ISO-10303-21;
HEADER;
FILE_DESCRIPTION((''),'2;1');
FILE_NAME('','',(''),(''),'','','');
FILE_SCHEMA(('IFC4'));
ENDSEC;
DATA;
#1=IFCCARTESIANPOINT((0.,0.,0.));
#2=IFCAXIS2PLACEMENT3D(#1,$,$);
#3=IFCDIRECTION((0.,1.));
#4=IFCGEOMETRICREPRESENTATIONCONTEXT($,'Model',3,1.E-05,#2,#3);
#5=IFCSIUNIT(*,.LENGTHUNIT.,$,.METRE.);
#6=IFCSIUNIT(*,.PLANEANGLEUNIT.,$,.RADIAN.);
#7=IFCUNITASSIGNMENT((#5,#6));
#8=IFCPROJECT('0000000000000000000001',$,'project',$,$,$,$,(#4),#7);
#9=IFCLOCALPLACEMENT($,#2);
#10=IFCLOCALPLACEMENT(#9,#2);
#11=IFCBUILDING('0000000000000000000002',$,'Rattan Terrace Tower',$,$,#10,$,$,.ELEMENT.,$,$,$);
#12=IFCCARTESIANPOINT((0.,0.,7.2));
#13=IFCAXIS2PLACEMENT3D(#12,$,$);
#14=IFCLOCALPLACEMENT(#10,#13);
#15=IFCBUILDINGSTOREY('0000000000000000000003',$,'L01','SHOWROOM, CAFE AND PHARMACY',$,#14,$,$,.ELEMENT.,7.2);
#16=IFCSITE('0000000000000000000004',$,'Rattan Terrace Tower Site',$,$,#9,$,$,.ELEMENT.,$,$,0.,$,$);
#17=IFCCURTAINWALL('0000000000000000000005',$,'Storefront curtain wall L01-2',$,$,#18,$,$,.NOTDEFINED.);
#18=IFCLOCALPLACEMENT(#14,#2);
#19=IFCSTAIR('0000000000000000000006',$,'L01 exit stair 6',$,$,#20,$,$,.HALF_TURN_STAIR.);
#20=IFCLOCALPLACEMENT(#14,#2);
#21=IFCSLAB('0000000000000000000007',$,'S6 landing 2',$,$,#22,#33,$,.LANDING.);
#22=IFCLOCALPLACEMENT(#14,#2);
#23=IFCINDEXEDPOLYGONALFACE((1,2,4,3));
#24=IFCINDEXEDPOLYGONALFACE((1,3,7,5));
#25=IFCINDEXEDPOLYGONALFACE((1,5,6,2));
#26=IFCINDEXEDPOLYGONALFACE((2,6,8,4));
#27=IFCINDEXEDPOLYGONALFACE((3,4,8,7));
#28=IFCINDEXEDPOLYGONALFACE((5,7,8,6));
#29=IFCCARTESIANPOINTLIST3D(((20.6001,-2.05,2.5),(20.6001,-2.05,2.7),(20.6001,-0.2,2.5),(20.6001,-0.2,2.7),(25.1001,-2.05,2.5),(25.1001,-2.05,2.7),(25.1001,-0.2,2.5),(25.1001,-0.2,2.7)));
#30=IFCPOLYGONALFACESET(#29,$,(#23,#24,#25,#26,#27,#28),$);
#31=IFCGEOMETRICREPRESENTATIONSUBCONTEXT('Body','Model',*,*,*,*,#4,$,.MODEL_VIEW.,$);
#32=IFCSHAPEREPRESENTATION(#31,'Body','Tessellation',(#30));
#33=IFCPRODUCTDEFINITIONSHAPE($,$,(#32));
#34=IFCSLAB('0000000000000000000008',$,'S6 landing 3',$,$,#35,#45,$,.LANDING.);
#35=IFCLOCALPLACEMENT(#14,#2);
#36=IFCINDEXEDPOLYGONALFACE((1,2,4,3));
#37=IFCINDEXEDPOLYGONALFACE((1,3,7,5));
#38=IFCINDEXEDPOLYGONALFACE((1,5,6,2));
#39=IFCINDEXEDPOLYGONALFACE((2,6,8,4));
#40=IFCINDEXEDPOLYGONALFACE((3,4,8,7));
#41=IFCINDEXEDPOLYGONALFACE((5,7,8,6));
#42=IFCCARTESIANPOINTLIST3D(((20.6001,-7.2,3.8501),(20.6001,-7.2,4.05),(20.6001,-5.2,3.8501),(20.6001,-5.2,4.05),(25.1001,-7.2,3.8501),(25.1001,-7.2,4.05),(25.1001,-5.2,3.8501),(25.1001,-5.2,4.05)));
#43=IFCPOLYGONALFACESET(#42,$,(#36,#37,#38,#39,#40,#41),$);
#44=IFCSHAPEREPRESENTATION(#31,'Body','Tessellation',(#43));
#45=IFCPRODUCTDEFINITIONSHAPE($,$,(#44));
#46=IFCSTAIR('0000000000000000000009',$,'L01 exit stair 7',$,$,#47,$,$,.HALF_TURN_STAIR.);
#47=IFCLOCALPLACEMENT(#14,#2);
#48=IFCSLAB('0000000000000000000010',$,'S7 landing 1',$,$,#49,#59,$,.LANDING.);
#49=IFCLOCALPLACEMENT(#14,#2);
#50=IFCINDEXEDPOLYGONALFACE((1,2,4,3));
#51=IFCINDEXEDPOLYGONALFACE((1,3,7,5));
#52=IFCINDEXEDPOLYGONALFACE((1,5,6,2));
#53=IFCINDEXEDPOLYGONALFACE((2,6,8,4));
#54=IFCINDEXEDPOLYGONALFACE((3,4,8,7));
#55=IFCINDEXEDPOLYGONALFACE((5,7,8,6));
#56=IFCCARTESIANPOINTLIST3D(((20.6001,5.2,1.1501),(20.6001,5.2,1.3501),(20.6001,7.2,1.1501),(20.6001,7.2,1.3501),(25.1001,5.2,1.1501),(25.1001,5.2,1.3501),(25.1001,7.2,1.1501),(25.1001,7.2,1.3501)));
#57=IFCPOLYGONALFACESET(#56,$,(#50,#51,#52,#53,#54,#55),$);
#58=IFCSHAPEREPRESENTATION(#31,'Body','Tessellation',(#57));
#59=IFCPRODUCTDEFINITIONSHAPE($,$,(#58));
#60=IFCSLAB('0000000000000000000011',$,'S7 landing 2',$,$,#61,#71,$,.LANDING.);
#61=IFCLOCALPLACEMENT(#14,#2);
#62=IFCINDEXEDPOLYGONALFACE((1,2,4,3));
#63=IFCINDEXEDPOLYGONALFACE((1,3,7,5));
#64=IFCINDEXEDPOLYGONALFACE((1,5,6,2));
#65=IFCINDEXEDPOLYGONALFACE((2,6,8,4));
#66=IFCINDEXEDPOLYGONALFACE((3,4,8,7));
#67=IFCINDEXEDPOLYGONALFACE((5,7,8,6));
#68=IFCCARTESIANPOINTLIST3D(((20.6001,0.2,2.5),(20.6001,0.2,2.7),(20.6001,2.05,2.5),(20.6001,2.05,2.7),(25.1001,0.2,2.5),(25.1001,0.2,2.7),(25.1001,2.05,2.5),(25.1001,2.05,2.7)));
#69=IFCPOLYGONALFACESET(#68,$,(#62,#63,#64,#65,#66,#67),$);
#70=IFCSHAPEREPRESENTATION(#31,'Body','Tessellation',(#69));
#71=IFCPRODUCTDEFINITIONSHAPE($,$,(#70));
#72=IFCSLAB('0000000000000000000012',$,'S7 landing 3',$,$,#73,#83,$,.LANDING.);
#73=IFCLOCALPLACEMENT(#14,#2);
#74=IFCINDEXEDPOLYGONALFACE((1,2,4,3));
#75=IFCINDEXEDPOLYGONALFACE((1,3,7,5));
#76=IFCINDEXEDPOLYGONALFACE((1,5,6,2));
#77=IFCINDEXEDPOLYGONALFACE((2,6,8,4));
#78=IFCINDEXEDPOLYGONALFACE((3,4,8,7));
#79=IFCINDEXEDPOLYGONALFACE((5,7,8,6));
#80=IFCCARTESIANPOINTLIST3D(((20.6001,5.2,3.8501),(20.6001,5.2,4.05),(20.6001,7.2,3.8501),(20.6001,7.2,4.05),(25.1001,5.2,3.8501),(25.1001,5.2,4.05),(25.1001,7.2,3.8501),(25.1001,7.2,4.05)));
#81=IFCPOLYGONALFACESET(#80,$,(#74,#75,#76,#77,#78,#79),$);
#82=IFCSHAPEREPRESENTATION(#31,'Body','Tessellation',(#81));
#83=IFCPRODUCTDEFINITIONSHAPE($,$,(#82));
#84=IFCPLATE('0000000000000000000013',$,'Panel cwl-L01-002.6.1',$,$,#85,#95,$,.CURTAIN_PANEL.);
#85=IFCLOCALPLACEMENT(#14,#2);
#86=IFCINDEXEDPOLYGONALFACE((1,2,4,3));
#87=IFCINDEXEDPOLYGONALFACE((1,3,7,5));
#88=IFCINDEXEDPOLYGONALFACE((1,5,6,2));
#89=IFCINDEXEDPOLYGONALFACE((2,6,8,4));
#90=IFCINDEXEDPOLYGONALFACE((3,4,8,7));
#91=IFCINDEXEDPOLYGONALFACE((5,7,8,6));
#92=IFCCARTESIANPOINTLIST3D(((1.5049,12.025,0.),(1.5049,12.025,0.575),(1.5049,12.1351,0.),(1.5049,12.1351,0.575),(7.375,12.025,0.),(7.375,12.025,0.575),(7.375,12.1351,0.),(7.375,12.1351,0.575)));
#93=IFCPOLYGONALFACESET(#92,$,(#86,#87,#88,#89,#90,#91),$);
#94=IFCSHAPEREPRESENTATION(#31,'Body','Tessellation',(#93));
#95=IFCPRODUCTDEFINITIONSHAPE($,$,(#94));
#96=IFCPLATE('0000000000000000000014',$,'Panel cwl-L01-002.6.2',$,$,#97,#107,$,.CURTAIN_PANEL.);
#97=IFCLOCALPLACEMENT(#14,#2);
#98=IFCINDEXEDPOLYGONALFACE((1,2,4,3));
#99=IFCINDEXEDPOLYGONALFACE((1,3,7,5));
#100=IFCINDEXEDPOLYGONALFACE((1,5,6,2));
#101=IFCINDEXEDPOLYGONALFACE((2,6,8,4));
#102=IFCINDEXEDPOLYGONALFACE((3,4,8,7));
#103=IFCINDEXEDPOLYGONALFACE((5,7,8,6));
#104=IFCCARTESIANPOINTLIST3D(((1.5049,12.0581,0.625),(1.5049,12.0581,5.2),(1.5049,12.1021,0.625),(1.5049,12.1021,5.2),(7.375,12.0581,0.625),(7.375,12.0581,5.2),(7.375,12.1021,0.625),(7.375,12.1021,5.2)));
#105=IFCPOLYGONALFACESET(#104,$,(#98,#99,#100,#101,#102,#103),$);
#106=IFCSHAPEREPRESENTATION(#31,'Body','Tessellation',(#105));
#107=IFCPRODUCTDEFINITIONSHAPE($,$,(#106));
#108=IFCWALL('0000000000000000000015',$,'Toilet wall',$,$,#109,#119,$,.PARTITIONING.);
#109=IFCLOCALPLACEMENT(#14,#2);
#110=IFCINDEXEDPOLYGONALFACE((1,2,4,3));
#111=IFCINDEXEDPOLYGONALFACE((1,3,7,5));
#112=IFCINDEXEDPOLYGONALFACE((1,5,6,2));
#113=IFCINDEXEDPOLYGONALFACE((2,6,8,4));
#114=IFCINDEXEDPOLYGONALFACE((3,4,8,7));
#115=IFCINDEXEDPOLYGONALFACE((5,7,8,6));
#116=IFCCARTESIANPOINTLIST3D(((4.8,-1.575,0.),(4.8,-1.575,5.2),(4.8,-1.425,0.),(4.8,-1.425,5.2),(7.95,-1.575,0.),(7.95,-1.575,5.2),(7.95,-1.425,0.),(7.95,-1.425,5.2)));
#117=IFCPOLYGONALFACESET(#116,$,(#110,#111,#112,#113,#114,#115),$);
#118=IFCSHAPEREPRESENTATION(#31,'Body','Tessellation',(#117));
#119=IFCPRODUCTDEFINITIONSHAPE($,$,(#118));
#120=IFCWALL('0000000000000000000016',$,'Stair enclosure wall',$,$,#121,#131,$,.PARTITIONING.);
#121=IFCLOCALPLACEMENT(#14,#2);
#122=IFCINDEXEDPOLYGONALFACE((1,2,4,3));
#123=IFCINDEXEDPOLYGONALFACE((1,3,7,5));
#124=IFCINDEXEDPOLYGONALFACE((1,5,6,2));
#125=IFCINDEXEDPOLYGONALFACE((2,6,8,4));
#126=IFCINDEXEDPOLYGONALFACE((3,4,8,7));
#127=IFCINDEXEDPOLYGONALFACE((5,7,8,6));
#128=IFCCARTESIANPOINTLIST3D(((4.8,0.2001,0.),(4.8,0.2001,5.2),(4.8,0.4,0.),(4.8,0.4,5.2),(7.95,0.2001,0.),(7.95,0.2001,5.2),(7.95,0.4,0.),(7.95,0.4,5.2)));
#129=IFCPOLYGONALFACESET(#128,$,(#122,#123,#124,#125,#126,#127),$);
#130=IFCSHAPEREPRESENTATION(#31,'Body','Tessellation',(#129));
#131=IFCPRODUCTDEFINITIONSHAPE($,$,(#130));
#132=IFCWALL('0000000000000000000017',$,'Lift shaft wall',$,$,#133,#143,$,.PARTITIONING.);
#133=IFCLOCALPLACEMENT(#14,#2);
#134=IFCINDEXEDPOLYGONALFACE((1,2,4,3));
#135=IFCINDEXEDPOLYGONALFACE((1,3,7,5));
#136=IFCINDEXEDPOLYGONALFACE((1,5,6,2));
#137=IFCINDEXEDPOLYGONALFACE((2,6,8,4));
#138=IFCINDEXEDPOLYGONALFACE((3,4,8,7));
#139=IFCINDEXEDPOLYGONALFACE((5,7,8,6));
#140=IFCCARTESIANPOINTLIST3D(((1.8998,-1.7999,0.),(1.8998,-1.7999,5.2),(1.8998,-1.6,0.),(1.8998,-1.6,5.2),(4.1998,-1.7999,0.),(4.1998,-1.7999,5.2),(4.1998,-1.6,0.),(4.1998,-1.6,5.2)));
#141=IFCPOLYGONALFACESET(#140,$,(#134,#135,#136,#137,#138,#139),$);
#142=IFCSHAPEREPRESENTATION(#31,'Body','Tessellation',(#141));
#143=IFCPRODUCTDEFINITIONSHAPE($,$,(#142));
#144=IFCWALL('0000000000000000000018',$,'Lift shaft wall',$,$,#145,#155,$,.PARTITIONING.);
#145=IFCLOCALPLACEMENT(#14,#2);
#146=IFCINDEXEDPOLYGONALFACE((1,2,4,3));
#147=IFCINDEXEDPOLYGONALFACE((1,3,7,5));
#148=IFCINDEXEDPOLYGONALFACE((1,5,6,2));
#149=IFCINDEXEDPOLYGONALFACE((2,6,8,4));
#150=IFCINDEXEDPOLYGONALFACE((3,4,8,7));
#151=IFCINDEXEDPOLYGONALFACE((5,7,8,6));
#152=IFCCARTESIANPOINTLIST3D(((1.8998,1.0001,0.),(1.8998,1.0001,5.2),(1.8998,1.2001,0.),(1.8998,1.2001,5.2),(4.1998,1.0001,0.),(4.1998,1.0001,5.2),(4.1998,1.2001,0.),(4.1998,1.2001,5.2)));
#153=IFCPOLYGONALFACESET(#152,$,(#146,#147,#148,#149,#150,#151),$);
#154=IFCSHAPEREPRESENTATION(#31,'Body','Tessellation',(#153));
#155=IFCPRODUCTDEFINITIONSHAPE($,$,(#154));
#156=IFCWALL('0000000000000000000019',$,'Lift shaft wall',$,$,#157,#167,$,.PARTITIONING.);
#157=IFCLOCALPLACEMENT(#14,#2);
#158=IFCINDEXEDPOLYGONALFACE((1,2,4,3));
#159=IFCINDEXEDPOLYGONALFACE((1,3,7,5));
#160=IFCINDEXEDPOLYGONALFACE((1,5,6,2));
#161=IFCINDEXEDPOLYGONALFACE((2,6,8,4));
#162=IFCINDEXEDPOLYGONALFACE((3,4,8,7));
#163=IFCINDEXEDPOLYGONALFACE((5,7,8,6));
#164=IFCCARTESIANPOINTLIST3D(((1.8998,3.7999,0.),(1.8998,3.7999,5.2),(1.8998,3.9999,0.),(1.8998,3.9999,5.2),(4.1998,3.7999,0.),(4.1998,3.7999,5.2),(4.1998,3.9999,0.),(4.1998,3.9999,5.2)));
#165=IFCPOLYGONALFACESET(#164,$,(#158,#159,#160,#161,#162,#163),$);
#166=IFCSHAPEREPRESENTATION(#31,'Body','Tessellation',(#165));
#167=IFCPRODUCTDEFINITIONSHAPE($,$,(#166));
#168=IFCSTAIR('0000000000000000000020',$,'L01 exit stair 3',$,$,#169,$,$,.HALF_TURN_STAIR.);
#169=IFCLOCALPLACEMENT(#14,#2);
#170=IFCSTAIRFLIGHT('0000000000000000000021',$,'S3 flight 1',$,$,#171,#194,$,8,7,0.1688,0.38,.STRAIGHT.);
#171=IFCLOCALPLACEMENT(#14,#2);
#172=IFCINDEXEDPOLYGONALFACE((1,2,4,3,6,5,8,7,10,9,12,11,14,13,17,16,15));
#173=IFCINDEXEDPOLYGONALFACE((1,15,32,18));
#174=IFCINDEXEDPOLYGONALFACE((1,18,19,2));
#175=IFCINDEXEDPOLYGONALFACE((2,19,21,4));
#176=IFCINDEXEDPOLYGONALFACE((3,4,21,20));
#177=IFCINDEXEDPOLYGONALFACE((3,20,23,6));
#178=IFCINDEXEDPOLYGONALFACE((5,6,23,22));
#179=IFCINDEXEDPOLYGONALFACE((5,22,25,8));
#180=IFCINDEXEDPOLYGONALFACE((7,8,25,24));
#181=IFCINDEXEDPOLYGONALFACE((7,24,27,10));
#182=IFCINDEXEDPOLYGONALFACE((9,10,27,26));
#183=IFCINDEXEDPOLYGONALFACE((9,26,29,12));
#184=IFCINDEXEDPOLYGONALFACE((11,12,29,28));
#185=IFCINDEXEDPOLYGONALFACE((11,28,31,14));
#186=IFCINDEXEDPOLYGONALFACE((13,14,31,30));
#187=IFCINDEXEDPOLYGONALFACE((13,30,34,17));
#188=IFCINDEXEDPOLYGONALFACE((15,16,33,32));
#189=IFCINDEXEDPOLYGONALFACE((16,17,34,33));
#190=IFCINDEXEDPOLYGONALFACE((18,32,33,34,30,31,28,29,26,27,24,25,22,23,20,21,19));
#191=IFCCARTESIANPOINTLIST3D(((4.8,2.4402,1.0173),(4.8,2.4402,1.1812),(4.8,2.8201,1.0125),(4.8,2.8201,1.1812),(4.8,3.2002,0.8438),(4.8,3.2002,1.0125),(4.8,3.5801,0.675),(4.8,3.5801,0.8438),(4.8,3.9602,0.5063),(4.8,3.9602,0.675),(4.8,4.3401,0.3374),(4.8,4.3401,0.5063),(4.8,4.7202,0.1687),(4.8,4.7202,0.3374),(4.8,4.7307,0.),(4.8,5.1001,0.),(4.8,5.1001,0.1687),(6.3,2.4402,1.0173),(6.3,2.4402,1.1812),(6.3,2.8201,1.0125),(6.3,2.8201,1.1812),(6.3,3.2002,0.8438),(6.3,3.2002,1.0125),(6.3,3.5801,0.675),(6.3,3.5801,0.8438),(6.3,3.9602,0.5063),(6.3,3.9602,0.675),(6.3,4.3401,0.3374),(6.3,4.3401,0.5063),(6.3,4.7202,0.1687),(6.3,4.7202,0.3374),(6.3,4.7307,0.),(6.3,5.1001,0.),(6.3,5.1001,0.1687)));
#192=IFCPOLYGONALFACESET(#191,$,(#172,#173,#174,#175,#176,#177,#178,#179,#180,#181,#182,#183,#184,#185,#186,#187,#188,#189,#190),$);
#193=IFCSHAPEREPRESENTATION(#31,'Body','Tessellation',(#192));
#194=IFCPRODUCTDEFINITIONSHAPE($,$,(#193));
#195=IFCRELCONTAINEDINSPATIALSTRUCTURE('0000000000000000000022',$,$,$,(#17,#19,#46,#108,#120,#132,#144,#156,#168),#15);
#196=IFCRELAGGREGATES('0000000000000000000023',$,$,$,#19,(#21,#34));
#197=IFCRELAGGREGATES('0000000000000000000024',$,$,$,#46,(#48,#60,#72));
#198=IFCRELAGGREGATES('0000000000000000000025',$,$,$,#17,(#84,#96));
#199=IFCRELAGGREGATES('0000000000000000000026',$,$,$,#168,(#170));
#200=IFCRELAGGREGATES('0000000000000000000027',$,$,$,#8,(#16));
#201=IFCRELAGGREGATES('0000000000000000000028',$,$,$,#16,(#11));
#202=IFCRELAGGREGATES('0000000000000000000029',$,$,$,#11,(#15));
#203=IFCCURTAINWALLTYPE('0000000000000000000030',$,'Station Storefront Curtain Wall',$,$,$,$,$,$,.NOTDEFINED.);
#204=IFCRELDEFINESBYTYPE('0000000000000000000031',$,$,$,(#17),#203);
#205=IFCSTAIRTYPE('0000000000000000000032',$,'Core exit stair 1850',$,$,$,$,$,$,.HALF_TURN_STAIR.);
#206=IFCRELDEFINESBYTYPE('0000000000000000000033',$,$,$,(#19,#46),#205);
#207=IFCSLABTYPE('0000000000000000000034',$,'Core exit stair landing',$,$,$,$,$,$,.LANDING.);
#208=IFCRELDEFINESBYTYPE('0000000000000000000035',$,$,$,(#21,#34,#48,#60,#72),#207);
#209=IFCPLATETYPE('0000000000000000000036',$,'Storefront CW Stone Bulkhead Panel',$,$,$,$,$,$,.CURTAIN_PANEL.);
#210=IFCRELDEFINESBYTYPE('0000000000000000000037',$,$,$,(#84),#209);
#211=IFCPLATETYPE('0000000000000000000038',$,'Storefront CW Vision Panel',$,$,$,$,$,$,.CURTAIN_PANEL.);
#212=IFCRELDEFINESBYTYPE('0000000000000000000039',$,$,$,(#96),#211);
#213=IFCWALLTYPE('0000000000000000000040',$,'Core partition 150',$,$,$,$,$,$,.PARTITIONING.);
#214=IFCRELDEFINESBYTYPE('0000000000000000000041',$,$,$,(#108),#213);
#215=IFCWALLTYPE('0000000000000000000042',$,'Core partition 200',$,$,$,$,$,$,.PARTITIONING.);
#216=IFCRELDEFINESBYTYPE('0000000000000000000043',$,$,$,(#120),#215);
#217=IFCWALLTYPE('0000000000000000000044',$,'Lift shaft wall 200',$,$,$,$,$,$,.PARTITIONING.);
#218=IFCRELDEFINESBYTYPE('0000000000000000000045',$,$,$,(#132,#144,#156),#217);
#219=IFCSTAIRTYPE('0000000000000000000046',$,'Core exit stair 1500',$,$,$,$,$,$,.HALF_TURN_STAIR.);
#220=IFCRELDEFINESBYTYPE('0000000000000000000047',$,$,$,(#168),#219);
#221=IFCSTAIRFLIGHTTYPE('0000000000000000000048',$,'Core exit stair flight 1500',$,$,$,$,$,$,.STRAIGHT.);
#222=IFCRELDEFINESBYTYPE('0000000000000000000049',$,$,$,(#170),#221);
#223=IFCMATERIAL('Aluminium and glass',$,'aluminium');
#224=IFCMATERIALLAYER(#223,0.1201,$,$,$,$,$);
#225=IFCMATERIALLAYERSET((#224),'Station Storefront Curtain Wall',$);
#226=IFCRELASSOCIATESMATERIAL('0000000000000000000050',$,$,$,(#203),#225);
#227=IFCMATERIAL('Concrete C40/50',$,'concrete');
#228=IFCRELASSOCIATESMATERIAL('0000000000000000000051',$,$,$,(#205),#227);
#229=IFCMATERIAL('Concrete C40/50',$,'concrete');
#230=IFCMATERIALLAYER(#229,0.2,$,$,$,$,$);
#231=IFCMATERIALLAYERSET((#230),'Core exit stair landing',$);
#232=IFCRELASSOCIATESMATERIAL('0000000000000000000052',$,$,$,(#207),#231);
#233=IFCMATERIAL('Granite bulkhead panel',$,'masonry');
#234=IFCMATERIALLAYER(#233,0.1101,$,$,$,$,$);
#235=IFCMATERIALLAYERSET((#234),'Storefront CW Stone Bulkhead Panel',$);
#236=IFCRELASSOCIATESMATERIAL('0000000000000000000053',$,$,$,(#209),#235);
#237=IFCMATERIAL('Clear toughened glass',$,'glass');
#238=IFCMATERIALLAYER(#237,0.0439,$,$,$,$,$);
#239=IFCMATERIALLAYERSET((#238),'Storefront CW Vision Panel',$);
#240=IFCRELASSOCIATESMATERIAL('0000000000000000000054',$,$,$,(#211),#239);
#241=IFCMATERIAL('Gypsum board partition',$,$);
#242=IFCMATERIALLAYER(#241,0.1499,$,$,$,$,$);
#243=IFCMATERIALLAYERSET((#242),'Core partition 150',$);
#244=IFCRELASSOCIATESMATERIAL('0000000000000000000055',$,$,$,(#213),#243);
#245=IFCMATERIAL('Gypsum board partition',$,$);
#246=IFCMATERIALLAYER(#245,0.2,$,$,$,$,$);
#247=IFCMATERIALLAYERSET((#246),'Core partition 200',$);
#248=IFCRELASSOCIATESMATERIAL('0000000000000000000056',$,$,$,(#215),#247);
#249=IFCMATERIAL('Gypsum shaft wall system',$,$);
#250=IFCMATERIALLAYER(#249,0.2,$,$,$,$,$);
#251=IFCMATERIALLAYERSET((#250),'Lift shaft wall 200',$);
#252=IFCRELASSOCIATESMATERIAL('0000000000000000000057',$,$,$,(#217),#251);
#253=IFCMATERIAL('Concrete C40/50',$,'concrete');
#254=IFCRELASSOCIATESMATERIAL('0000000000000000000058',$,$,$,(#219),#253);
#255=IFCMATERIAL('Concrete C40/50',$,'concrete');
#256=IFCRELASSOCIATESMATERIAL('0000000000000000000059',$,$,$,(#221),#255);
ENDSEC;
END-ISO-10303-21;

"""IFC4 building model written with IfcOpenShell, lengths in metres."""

from ifc_helpers import new_model, si_unit, direction, frame, frame_2d, origin, origin_2d, place, context, subcontext, project, spatial, polyline, rectangle, outline, extrude, material, layer, layer_set, type_object, element, aggregate, save


model = new_model("IFC4")

# Units and contexts
model_context = context("Model", 3, precision=1e-05, world=origin(), true_north=direction((0.0, 1.0)))
body_context = subcontext(model_context, "Body", "Model", "MODEL_VIEW")
ifc_project = project(units=[si_unit("LENGTHUNIT", "METRE"), si_unit("PLANEANGLEUNIT", "RADIAN")], contexts=[model_context])

# Site, building, storey
site_placement = place(None, origin())
site = spatial("IfcSite", under=ifc_project, at=site_placement, Name="Rattan Terrace Tower Site", CompositionType="ELEMENT", RefElevation=0.0)
building_placement = place(site_placement, origin())
building = spatial("IfcBuilding", under=site, at=building_placement, Name="Rattan Terrace Tower", CompositionType="ELEMENT")
storey_placement = place(building_placement, frame((0.0, 0.0, 7.2)))
storey = spatial("IfcBuildingStorey", under=building, at=storey_placement, Name="L01", Description="SHOWROOM, CAFE AND PHARMACY", CompositionType="ELEMENT", Elevation=7.2)

# Curtain wall
ifc_material_1 = material(Name="Aluminium and glass", Category="aluminium")
ifc_layer_1 = layer(ifc_material_1, 0.1201)
ifc_layer_set_1 = layer_set([ifc_layer_1], Name="Station Storefront Curtain Wall")
curtain_wall_type = type_object("IfcCurtainWallType", Name="Station Storefront Curtain Wall", PredefinedType="NOTDEFINED", material=ifc_layer_set_1)
curtain_wall_placement = place(storey_placement, origin())
curtain_wall = element("IfcCurtainWall", 1, at=curtain_wall_placement, inside=storey, type_object=curtain_wall_type, Name="Storefront curtain wall L01-2", PredefinedType="NOTDEFINED")

# Stairs, slabs
ifc_material_2 = material(Name="Concrete C40/50", Category="concrete")
stair_type_1 = type_object("IfcStairType", Name="Core exit stair 1850", PredefinedType="HALF_TURN_STAIR", material=ifc_material_2)
ifc_material_3 = material(Name="Concrete C40/50", Category="concrete")
ifc_layer_2 = layer(ifc_material_3, 0.2)
ifc_layer_set_2 = layer_set([ifc_layer_2], Name="Core exit stair landing")
slab_type = type_object("IfcSlabType", Name="Core exit stair landing", PredefinedType="LANDING", material=ifc_layer_set_2)
stair_1_placement = place(storey_placement, origin())
stair_1 = element("IfcStair", 2, at=stair_1_placement, inside=storey, type_object=stair_type_1, Name="L01 exit stair 6", PredefinedType="HALF_TURN_STAIR")
slab_1_placement = place(storey_placement, frame((0.0, 0.0, 2.5)))
slab_1 = element("IfcSlab", 3, at=slab_1_placement, type_object=slab_type, Name="S6 landing 2", PredefinedType="LANDING", context=body_context, shape_type="SweptSolid", body=[
    extrude(outline(polyline([(20.6001, -0.2), (20.6001, -2.05), (25.1001, -2.05), (25.1001, -0.2), (20.6001, -0.2)])), origin(), (0.0, 0.0, 1.0), 0.2),
])
slab_2_placement = place(storey_placement, frame((0.0, 0.0, 3.8501)))
slab_2 = element("IfcSlab", 4, at=slab_2_placement, type_object=slab_type, Name="S6 landing 3", PredefinedType="LANDING", context=body_context, shape_type="SweptSolid", body=[
    extrude(outline(polyline([(20.6001, -5.2), (20.6001, -7.2), (25.1001, -7.2), (25.1001, -5.2), (20.6001, -5.2)])), origin(), (0.0, 0.0, 1.0), 0.2),
])
aggregate(stair_1, [slab_1, slab_2])
stair_2_placement = place(storey_placement, origin())
stair_2 = element("IfcStair", 5, at=stair_2_placement, inside=storey, type_object=stair_type_1, Name="L01 exit stair 7", PredefinedType="HALF_TURN_STAIR")
slab_3_placement = place(storey_placement, frame((0.0, 0.0, 1.1501)))
slab_3 = element("IfcSlab", 6, at=slab_3_placement, type_object=slab_type, Name="S7 landing 1", PredefinedType="LANDING", context=body_context, shape_type="SweptSolid", body=[
    extrude(outline(polyline([(25.1001, 5.2), (25.1001, 7.2), (20.6001, 7.2), (20.6001, 5.2), (25.1001, 5.2)])), origin(), (0.0, 0.0, 1.0), 0.2),
])
slab_4_placement = place(storey_placement, frame((0.0, 0.0, 2.5)))
slab_4 = element("IfcSlab", 7, at=slab_4_placement, type_object=slab_type, Name="S7 landing 2", PredefinedType="LANDING", context=body_context, shape_type="SweptSolid", body=[
    extrude(outline(polyline([(25.1001, 0.2), (25.1001, 2.05), (20.6001, 2.05), (20.6001, 0.2), (25.1001, 0.2)])), origin(), (0.0, 0.0, 1.0), 0.2),
])
slab_5_placement = place(storey_placement, frame((0.0, 0.0, 3.8501)))
slab_5 = element("IfcSlab", 8, at=slab_5_placement, type_object=slab_type, Name="S7 landing 3", PredefinedType="LANDING", context=body_context, shape_type="SweptSolid", body=[
    extrude(outline(polyline([(25.1001, 5.2), (25.1001, 7.2), (20.6001, 7.2), (20.6001, 5.2), (25.1001, 5.2)])), origin(), (0.0, 0.0, 1.0), 0.2),
])
aggregate(stair_2, [slab_3, slab_4, slab_5])

# Plates
ifc_material_4 = material(Name="Granite bulkhead panel", Category="masonry")
ifc_layer_3 = layer(ifc_material_4, 0.1101)
ifc_layer_set_3 = layer_set([ifc_layer_3], Name="Storefront CW Stone Bulkhead Panel")
plate_type_1 = type_object("IfcPlateType", Name="Storefront CW Stone Bulkhead Panel", PredefinedType="CURTAIN_PANEL", material=ifc_layer_set_3)
plate_1_placement = place(storey_placement, frame((4.4399, 12.0801, 0.0), z_axis=(0.0, 0.0, 1.0), x_axis=(-1.0, 0.0, 0.0)))
plate_1 = element("IfcPlate", 9, at=plate_1_placement, type_object=plate_type_1, Name="Panel cwl-L01-002.6.1", PredefinedType="CURTAIN_PANEL", context=body_context, shape_type="SweptSolid", body=[
    extrude(rectangle(XDim=5.8701, YDim=0.1101, at=origin_2d()), origin(), (0.0, 0.0, 1.0), 0.575),
])
ifc_material_5 = material(Name="Clear toughened glass", Category="glass")
ifc_layer_4 = layer(ifc_material_5, 0.0439)
ifc_layer_set_4 = layer_set([ifc_layer_4], Name="Storefront CW Vision Panel")
plate_type_2 = type_object("IfcPlateType", Name="Storefront CW Vision Panel", PredefinedType="CURTAIN_PANEL", material=ifc_layer_set_4)
plate_2_placement = place(storey_placement, frame((4.4399, 12.0801, 0.625), z_axis=(0.0, 0.0, 1.0), x_axis=(-1.0, 0.0, 0.0)))
plate_2 = element("IfcPlate", 10, at=plate_2_placement, type_object=plate_type_2, Name="Panel cwl-L01-002.6.2", PredefinedType="CURTAIN_PANEL", context=body_context, shape_type="SweptSolid", body=[
    extrude(rectangle(XDim=5.8701, YDim=0.0439, at=origin_2d()), origin(), (0.0, 0.0, 1.0), 4.575),
])
aggregate(curtain_wall, [plate_1, plate_2])

# Walls
ifc_material_6 = material(Name="Gypsum board partition")
ifc_layer_5 = layer(ifc_material_6, 0.1499)
ifc_layer_set_5 = layer_set([ifc_layer_5], Name="Core partition 150")
wall_type_1 = type_object("IfcWallType", Name="Core partition 150", PredefinedType="PARTITIONING", material=ifc_layer_set_5)
wall_1_placement = place(storey_placement, frame((4.8, -1.5, 0.0), z_axis=(0.0, 0.0, 1.0), x_axis=(1.0, 0.0, 0.0)))
element("IfcWall", 11, at=wall_1_placement, inside=storey, type_object=wall_type_1, Name="Toilet wall", PredefinedType="PARTITIONING", context=body_context, shape_type="SweptSolid", body=[
    extrude(rectangle(XDim=3.1499, YDim=0.1499, at=frame_2d((1.575, 0.0))), origin(), (0.0, 0.0, 1.0), 5.2),
])
ifc_material_7 = material(Name="Gypsum board partition")
ifc_layer_6 = layer(ifc_material_7, 0.2)
ifc_layer_set_6 = layer_set([ifc_layer_6], Name="Core partition 200")
wall_type_2 = type_object("IfcWallType", Name="Core partition 200", PredefinedType="PARTITIONING", material=ifc_layer_set_6)
wall_2_placement = place(storey_placement, frame((4.8, 0.3, 0.0), z_axis=(0.0, 0.0, 1.0), x_axis=(1.0, 0.0, 0.0)))
element("IfcWall", 12, at=wall_2_placement, inside=storey, type_object=wall_type_2, Name="Stair enclosure wall", PredefinedType="PARTITIONING", context=body_context, shape_type="SweptSolid", body=[
    extrude(rectangle(XDim=3.1499, YDim=0.2, at=frame_2d((1.575, 0.0))), origin(), (0.0, 0.0, 1.0), 5.2),
])
ifc_material_8 = material(Name="Gypsum shaft wall system")
ifc_layer_7 = layer(ifc_material_8, 0.2)
ifc_layer_set_7 = layer_set([ifc_layer_7], Name="Lift shaft wall 200")
wall_type_3 = type_object("IfcWallType", Name="Lift shaft wall 200", PredefinedType="PARTITIONING", material=ifc_layer_set_7)
for number, where, z_axis, x_axis, name in (
    (13, (1.8999, -1.7, 0.0), (0.0, 0.0, 1.0), (1.0, 0.0, 0.0), "Lift shaft wall"),
    (14, (1.8999, 1.1001, 0.0), (0.0, 0.0, 1.0), (1.0, 0.0, 0.0), "Lift shaft wall"),
    (15, (1.8999, 3.8999, 0.0), (0.0, 0.0, 1.0), (1.0, 0.0, 0.0), "Lift shaft wall"),
):
    element("IfcWall", number, at=place(storey_placement, frame(where, z_axis=z_axis, x_axis=x_axis)), inside=storey, type_object=wall_type_3, Name=name, PredefinedType="PARTITIONING", context=body_context, shape_type="SweptSolid", body=[
        extrude(rectangle(XDim=2.3, YDim=0.2, at=frame_2d((1.1499, 0.0))), origin(), (0.0, 0.0, 1.0), 5.2),
    ])

# Stair, stair flight
ifc_material_9 = material(Name="Concrete C40/50", Category="concrete")
stair_type_2 = type_object("IfcStairType", Name="Core exit stair 1500", PredefinedType="HALF_TURN_STAIR", material=ifc_material_9)
stair_3_placement = place(storey_placement, origin())
stair_3 = element("IfcStair", 16, at=stair_3_placement, inside=storey, type_object=stair_type_2, Name="L01 exit stair 3", PredefinedType="HALF_TURN_STAIR")
ifc_material_10 = material(Name="Concrete C40/50", Category="concrete")
stair_flight_type = type_object("IfcStairFlightType", Name="Core exit stair flight 1500", PredefinedType="STRAIGHT", material=ifc_material_10)
stair_flight_1_placement = place(storey_placement, frame((5.55, 5.1001, 0.0), z_axis=(0.0, 0.0, 1.0), x_axis=(0.0, -1.0, 0.0)))
stair_flight_1 = element("IfcStairFlight", 17, at=stair_flight_1_placement, type_object=stair_flight_type, Name="S3 flight 1", NumberOfRisers=8, NumberOfTreads=7, PredefinedType="STRAIGHT", RiserHeight=0.1688, TreadLength=0.38, context=body_context, shape_type="SweptSolid", body=[
    extrude(outline(polyline([(0.0, 0.0), (0.0, 0.1687), (0.3799, 0.1687), (0.3799, 0.3374), (0.76, 0.3374), (0.76, 0.5063), (1.1399, 0.5063), (1.1399, 0.675), (1.52, 0.675), (1.52, 0.8438), (1.8999, 0.8438), (1.8999, 1.0125), (2.28, 1.0125), (2.28, 1.1812), (2.6599, 1.1812), (2.6599, 1.3501), (2.6599, 1.0173), (0.3694, 0.0), (0.0, 0.0)])), frame((0.0, 0.75, 0.0), z_axis=(0.0, -1.0, 0.0), x_axis=(1.0, 0.0, 0.0)), (0.0, 0.0, 1.0), 1.5),
])
aggregate(stair_3, [stair_flight_1])

save(model, "model.ifc")
